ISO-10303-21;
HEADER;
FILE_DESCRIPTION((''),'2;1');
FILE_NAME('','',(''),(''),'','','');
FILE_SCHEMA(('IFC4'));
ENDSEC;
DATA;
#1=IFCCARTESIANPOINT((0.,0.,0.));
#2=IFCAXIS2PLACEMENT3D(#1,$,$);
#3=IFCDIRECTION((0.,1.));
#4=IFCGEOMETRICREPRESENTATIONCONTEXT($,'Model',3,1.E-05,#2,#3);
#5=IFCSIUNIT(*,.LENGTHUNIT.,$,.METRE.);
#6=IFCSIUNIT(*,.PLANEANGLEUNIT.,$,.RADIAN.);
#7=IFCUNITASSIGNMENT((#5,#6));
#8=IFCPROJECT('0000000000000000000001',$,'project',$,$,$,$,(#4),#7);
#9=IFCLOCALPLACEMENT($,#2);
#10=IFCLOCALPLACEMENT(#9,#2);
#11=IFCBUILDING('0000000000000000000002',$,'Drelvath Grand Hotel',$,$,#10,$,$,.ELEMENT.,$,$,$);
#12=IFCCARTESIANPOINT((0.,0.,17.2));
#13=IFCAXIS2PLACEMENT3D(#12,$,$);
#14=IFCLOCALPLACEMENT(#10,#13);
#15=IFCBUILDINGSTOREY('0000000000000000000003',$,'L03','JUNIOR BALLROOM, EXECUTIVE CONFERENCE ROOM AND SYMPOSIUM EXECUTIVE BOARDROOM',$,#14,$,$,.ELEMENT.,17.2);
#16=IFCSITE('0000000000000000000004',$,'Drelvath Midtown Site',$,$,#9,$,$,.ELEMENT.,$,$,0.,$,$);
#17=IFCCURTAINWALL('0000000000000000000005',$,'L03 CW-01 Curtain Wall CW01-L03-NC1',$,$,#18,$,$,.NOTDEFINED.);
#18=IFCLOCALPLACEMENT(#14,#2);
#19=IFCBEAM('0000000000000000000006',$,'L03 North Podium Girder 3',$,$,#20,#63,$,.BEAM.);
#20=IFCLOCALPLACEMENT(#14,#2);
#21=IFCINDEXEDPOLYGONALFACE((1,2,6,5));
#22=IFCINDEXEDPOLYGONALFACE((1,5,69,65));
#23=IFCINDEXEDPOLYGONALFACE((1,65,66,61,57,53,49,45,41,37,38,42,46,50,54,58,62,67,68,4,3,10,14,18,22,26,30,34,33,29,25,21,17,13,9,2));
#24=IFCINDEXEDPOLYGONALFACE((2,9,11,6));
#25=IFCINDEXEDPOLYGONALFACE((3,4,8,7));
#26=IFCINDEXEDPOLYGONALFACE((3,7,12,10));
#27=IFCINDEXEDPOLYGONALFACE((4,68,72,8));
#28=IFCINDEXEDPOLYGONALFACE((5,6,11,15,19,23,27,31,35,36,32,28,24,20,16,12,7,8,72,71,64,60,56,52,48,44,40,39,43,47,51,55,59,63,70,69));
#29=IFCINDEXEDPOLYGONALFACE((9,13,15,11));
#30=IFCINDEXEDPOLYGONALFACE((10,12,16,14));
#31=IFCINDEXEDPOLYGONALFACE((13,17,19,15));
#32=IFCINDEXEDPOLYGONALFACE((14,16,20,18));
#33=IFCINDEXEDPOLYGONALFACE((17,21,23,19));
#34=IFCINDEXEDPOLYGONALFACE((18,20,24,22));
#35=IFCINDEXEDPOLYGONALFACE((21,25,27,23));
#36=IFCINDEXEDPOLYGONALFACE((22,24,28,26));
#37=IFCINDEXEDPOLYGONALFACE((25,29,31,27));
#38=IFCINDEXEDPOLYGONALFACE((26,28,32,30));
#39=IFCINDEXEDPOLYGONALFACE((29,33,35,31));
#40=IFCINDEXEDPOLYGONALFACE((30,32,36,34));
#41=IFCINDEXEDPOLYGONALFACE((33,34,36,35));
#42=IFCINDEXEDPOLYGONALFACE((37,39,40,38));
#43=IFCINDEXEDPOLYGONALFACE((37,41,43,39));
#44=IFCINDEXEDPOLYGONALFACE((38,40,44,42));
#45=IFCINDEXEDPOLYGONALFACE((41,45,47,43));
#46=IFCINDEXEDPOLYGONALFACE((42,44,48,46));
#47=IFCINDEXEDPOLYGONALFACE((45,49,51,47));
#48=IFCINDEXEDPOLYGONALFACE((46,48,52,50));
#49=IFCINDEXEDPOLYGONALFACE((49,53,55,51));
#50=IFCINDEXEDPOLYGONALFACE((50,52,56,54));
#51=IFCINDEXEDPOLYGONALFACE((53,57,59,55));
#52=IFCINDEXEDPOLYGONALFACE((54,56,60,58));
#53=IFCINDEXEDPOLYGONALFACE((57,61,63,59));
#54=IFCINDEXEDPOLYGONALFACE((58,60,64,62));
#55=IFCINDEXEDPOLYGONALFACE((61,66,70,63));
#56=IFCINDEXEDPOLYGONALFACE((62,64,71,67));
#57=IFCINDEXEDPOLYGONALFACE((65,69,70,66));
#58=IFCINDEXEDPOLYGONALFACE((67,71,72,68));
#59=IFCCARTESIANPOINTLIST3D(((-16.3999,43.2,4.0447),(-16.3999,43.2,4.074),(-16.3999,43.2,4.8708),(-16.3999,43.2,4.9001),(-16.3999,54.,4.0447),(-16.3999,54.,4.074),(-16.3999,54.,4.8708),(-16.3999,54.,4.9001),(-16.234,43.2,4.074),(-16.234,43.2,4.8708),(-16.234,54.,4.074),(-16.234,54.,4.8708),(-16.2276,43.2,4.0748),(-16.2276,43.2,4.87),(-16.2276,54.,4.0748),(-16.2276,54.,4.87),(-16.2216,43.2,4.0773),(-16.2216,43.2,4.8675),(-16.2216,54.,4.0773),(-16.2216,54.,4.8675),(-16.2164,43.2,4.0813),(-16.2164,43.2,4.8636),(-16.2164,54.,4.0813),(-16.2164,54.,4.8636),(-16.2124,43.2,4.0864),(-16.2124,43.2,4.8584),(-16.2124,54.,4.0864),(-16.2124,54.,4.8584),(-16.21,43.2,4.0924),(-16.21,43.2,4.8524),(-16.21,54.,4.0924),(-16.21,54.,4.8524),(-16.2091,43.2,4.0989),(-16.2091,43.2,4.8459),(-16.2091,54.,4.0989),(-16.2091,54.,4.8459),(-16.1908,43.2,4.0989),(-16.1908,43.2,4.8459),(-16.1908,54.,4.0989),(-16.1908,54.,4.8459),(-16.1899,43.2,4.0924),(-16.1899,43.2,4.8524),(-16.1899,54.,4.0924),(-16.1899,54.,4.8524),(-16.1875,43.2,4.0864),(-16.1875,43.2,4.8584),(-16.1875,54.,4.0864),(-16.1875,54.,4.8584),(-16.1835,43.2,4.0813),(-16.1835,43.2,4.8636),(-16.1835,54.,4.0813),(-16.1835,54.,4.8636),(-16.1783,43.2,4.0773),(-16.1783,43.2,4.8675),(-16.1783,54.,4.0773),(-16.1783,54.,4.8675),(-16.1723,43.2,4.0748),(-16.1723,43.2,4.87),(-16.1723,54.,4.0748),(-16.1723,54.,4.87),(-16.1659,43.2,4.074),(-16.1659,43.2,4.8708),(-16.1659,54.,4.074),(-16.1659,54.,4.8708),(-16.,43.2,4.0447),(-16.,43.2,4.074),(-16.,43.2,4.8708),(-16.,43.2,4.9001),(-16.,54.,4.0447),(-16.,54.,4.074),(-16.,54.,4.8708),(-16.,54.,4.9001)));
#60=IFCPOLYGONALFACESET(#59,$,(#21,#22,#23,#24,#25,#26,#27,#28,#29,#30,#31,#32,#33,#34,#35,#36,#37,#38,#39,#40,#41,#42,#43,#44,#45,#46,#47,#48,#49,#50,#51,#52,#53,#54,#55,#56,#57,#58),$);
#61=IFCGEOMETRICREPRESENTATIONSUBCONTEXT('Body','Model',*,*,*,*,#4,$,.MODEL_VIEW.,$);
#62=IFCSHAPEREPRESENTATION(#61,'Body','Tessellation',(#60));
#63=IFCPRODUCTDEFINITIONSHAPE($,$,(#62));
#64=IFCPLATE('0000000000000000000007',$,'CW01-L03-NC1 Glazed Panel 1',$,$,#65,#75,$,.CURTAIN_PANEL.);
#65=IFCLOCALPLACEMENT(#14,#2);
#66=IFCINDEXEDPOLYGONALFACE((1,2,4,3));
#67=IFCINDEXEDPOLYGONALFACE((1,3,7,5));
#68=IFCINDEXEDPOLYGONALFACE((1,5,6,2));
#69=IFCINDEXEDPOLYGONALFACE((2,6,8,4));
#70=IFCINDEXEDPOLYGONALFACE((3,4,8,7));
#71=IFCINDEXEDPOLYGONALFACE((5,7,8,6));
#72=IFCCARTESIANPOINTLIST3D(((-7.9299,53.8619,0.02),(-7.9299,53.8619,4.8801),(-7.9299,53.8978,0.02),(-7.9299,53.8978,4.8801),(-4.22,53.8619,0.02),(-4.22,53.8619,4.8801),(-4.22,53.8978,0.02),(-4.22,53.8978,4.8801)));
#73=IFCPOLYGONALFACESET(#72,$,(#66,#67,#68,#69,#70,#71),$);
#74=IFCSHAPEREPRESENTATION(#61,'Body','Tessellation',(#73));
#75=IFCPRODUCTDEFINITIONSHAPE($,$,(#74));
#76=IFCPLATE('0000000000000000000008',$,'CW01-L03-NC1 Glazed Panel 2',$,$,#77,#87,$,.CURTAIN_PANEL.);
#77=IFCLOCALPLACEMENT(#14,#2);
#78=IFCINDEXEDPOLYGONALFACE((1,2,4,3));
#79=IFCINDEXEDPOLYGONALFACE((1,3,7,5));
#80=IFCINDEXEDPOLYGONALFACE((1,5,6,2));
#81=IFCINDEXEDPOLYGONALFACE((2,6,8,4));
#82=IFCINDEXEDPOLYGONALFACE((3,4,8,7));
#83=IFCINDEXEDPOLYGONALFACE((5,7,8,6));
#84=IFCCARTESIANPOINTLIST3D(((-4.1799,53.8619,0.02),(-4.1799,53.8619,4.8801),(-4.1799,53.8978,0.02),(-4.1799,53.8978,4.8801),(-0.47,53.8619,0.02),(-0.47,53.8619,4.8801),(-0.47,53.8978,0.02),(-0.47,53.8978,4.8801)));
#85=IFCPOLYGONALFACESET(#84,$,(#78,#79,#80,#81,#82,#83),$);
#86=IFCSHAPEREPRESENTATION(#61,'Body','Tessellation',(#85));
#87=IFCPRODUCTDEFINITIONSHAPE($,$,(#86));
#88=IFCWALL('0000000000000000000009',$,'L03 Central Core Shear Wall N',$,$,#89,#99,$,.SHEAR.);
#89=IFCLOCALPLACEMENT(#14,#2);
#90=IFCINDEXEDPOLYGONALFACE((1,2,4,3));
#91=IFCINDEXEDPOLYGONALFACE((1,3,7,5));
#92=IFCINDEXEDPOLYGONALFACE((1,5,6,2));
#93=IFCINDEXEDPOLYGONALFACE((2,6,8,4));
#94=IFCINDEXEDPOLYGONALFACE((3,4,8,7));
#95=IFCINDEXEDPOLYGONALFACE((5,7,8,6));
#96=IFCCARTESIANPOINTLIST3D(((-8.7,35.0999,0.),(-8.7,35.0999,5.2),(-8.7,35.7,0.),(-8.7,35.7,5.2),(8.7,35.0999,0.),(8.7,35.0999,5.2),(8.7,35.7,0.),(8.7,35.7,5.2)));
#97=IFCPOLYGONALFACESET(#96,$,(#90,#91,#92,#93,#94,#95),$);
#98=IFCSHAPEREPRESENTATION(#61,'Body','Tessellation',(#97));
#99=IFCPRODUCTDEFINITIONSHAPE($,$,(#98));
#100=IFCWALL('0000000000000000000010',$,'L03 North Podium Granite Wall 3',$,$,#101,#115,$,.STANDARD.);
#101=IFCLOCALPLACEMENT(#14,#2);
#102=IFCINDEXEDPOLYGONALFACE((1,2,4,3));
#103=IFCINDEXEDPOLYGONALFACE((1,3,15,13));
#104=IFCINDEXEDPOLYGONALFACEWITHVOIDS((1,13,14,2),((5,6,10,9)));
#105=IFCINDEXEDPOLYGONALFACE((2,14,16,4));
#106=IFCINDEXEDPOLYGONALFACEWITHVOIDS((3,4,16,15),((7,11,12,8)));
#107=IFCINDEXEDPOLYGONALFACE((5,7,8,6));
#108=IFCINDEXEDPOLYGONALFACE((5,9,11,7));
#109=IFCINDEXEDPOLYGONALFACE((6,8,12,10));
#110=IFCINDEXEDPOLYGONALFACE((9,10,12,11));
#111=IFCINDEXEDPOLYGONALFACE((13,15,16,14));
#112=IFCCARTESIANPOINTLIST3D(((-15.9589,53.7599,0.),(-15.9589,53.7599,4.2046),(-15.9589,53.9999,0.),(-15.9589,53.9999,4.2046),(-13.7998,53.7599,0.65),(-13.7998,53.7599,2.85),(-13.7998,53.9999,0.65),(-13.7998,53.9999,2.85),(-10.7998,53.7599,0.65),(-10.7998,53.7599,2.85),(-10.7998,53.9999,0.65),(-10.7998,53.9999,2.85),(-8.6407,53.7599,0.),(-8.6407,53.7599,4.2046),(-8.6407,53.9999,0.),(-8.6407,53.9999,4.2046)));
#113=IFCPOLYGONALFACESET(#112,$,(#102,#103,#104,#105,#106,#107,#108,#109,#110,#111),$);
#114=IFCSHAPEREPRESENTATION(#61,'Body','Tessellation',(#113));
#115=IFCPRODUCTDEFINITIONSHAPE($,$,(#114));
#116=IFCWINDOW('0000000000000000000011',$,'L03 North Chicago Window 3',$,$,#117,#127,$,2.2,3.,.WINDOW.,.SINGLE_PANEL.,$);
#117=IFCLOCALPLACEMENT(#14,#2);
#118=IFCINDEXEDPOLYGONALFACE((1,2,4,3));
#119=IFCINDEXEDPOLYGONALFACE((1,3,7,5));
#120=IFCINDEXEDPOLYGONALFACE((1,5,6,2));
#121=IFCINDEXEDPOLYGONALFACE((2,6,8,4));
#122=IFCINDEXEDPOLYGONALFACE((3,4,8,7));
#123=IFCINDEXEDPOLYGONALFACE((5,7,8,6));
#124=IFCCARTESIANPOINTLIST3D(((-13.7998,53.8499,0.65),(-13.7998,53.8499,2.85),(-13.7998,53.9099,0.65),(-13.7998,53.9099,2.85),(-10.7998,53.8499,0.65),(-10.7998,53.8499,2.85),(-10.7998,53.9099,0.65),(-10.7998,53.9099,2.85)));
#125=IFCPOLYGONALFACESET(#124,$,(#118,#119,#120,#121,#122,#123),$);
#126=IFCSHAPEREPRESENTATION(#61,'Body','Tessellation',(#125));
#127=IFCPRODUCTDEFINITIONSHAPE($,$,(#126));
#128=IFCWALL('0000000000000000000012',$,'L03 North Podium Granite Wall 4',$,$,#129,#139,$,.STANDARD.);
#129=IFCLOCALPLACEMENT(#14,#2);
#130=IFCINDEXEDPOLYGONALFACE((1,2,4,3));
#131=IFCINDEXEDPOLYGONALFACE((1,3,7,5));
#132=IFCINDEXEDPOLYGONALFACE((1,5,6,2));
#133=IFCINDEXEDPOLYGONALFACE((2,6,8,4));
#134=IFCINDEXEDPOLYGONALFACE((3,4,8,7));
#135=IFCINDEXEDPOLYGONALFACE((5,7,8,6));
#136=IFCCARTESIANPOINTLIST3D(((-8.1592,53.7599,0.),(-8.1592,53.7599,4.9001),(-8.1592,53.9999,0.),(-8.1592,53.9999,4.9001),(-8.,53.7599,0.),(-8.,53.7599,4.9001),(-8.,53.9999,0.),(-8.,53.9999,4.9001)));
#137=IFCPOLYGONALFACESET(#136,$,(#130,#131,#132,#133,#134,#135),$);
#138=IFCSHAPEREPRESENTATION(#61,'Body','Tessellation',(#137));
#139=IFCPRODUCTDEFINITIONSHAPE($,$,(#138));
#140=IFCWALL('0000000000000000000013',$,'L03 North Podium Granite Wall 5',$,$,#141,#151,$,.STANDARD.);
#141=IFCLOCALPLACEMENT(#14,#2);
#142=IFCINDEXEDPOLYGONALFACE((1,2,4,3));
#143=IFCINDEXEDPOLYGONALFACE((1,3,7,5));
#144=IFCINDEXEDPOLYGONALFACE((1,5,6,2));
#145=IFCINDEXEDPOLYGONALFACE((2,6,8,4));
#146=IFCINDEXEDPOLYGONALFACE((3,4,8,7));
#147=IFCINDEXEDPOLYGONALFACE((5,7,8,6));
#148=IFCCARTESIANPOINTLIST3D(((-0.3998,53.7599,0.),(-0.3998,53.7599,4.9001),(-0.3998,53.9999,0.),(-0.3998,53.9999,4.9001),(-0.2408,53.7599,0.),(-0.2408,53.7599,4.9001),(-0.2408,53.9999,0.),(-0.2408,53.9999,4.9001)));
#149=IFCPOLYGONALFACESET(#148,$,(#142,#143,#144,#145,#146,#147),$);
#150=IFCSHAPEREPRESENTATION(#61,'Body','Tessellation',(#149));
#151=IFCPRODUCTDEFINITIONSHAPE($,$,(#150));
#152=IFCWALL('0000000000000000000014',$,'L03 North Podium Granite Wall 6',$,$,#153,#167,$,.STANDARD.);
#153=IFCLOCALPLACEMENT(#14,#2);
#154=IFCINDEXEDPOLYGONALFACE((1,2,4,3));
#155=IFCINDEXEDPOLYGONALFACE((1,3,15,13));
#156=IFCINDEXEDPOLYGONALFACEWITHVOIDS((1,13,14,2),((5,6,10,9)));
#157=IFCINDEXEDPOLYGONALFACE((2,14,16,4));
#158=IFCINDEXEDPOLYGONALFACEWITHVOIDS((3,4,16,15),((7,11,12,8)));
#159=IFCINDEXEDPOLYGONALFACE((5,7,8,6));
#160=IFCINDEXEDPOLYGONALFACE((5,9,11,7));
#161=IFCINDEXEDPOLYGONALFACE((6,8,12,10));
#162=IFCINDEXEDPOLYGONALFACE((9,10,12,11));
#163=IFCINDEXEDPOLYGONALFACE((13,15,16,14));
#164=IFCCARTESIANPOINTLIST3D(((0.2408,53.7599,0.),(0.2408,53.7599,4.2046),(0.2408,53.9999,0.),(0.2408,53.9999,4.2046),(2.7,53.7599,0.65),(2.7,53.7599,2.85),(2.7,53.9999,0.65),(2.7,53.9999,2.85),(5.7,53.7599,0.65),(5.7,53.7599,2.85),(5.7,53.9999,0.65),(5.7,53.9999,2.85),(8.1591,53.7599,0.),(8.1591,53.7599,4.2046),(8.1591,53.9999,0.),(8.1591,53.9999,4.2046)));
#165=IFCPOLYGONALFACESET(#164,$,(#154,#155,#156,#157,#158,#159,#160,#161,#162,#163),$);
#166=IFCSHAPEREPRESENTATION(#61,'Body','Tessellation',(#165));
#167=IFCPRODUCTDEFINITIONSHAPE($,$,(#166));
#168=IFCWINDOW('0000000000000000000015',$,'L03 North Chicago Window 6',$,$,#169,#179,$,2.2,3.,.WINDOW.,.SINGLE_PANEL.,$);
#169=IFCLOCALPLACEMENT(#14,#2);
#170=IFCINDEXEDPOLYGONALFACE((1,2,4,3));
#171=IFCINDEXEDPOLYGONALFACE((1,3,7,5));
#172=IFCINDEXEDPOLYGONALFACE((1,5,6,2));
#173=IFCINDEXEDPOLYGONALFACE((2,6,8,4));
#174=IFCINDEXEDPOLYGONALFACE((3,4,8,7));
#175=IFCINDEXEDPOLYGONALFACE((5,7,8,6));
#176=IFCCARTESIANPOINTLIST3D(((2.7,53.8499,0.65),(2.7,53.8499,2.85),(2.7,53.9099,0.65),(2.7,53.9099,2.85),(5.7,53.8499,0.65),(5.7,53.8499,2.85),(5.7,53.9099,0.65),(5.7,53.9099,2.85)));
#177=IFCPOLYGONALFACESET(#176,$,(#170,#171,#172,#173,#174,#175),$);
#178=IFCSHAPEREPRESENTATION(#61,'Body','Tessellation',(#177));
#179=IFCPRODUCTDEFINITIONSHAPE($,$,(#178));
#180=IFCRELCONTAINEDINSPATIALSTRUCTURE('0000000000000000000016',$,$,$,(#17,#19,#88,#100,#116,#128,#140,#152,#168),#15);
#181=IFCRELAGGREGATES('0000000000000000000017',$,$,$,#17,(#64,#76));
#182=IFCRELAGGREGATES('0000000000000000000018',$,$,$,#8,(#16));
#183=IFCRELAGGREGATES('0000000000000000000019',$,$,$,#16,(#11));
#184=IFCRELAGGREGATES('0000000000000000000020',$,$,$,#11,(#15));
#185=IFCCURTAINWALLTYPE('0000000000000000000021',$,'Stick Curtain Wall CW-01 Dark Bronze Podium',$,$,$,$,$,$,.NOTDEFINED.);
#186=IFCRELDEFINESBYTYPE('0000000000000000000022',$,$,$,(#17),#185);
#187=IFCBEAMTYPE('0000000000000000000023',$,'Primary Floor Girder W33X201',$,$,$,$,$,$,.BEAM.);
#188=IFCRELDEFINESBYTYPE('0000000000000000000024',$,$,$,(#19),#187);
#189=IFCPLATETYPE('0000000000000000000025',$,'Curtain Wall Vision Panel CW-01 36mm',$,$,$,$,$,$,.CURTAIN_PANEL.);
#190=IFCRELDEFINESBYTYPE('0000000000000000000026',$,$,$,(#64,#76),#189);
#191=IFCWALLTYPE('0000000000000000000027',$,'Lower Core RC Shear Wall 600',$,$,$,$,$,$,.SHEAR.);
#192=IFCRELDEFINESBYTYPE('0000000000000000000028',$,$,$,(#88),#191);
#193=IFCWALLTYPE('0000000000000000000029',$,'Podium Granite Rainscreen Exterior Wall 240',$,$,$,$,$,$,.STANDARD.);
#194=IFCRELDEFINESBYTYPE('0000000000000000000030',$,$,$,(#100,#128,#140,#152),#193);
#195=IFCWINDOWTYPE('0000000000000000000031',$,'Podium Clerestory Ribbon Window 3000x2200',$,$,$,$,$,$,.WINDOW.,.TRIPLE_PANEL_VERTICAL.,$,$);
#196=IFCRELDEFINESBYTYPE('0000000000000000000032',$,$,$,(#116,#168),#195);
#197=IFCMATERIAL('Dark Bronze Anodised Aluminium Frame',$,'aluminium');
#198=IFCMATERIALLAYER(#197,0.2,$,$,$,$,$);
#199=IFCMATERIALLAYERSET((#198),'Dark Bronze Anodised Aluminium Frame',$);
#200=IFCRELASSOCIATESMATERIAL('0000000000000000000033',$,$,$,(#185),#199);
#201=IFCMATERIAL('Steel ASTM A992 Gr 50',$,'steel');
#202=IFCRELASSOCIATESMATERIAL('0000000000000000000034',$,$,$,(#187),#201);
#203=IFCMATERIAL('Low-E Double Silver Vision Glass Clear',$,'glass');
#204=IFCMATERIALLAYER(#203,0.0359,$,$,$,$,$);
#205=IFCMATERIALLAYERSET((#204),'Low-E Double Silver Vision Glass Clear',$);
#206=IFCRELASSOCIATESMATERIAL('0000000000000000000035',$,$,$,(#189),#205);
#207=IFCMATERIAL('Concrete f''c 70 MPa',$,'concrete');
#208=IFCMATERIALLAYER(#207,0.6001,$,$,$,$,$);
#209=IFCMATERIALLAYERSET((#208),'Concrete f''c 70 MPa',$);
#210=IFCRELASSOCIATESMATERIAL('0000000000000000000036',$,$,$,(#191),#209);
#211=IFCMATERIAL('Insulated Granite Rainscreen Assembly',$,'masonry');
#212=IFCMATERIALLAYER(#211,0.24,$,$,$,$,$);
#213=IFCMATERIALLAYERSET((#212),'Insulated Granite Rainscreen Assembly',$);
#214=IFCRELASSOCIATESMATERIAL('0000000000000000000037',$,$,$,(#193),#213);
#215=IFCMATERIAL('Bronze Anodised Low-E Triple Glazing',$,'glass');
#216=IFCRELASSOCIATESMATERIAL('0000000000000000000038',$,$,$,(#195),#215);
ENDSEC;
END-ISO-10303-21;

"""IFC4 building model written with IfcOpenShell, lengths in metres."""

from ifc_helpers import new_model, si_unit, direction, frame, frame_2d, origin, origin_2d, place, context, subcontext, project, spatial, rectangle, i_section, extrude, material, layer, layer_set, material_profile, profile_set, type_object, element, fill, aggregate, save


model = new_model("IFC4")

# Units and contexts
model_context = context("Model", 3, precision=1e-05, world=origin(), true_north=direction((0.0, 1.0)))
body_context = subcontext(model_context, "Body", "Model", "MODEL_VIEW")
ifc_project = project(units=[si_unit("LENGTHUNIT", "METRE"), si_unit("PLANEANGLEUNIT", "RADIAN")], contexts=[model_context])

# Site, building, storey
site_placement = place(None, origin())
site = spatial("IfcSite", under=ifc_project, at=site_placement, Name="Drelvath Midtown Site", CompositionType="ELEMENT", RefElevation=0.0)
building_placement = place(site_placement, origin())
building = spatial("IfcBuilding", under=site, at=building_placement, Name="Drelvath Grand Hotel", CompositionType="ELEMENT")
storey_placement = place(building_placement, frame((0.0, 0.0, 17.2)))
storey = spatial("IfcBuildingStorey", under=building, at=storey_placement, Name="L03", Description="JUNIOR BALLROOM, EXECUTIVE CONFERENCE ROOM AND SYMPOSIUM EXECUTIVE BOARDROOM", CompositionType="ELEMENT", Elevation=17.2)

# Curtain wall
ifc_material_1 = material(Name="Dark Bronze Anodised Aluminium Frame", Category="aluminium")
ifc_layer_1 = layer(ifc_material_1, 0.2)
ifc_layer_set_1 = layer_set([ifc_layer_1], Name="Dark Bronze Anodised Aluminium Frame")
curtain_wall_type = type_object("IfcCurtainWallType", Name="Stick Curtain Wall CW-01 Dark Bronze Podium", PredefinedType="NOTDEFINED", material=ifc_layer_set_1)
curtain_wall_placement = place(storey_placement, origin())
curtain_wall = element("IfcCurtainWall", 1, at=curtain_wall_placement, inside=storey, type_object=curtain_wall_type, Name="L03 CW-01 Curtain Wall CW01-L03-NC1", PredefinedType="NOTDEFINED")

# Beam
ifc_material_2 = material(Name="Steel ASTM A992 Gr 50", Category="steel")
ifc_material_profile_1 = material_profile(ifc_material_2, i_section(OverallWidth=0.3999, OverallDepth=0.8555, WebThickness=0.0183, FlangeThickness=0.0293, FilletRadius=0.0249, at=origin_2d()), Name="W33X201")
ifc_profile_set_1 = profile_set([ifc_material_profile_1], Name="Steel ASTM A992 Gr 50")
beam_type_1 = type_object("IfcBeamType", Name="Primary Floor Girder W33X201", PredefinedType="BEAM", material=ifc_profile_set_1)
beam_1_placement = place(storey_placement, frame((-16.2, 43.2, 4.4724), z_axis=(0.0, 1.0, 0.0), x_axis=(-1.0, 0.0, 0.0)))
element("IfcBeam", 2, at=beam_1_placement, inside=storey, type_object=beam_type_1, Name="L03 North Podium Girder 3", PredefinedType="BEAM", context=body_context, shape_type="SweptSolid", body=[
    extrude(i_section(OverallWidth=0.3999, OverallDepth=0.8555, WebThickness=0.0183, FlangeThickness=0.0293, FilletRadius=0.0249, at=origin_2d()), origin(), (0.0, 0.0, 1.0), 10.8),
])

# Plates
ifc_material_3 = material(Name="Low-E Double Silver Vision Glass Clear", Category="glass")
ifc_layer_2 = layer(ifc_material_3, 0.0359)
ifc_layer_set_2 = layer_set([ifc_layer_2], Name="Low-E Double Silver Vision Glass Clear")
plate_type = type_object("IfcPlateType", Name="Curtain Wall Vision Panel CW-01 36mm", PredefinedType="CURTAIN_PANEL", material=ifc_layer_set_2)
plate_1_placement = place(storey_placement, frame((-6.075, 53.8799, 0.02), z_axis=(0.0, 0.0, 1.0), x_axis=(1.0, 0.0, 0.0)))
plate_1 = element("IfcPlate", 3, at=plate_1_placement, type_object=plate_type, Name="CW01-L03-NC1 Glazed Panel 1", PredefinedType="CURTAIN_PANEL", context=body_context, shape_type="SweptSolid", body=[
    extrude(rectangle(XDim=3.71, YDim=0.0359, at=origin_2d()), origin(), (0.0, 0.0, 1.0), 4.8601),
])
plate_2_placement = place(storey_placement, frame((-2.325, 53.8799, 0.02), z_axis=(0.0, 0.0, 1.0), x_axis=(1.0, 0.0, 0.0)))
plate_2 = element("IfcPlate", 4, at=plate_2_placement, type_object=plate_type, Name="CW01-L03-NC1 Glazed Panel 2", PredefinedType="CURTAIN_PANEL", context=body_context, shape_type="SweptSolid", body=[
    extrude(rectangle(XDim=3.71, YDim=0.0359, at=origin_2d()), origin(), (0.0, 0.0, 1.0), 4.8601),
])
aggregate(curtain_wall, [plate_1, plate_2])

# Wall
ifc_material_4 = material(Name="Concrete f'c 70 MPa", Category="concrete")
ifc_layer_3 = layer(ifc_material_4, 0.6001)
ifc_layer_set_3 = layer_set([ifc_layer_3], Name="Concrete f'c 70 MPa")
wall_type_1 = type_object("IfcWallType", Name="Lower Core RC Shear Wall 600", PredefinedType="SHEAR", material=ifc_layer_set_3)
wall_1_placement = place(storey_placement, frame((-8.7, 35.3999, 0.0), z_axis=(0.0, 0.0, 1.0), x_axis=(1.0, 0.0, 0.0)))
element("IfcWall", 5, at=wall_1_placement, inside=storey, type_object=wall_type_1, Name="L03 Central Core Shear Wall N", PredefinedType="SHEAR", context=body_context, shape_type="SweptSolid", body=[
    extrude(rectangle(XDim=17.3999, YDim=0.6001, at=frame_2d((8.7, 0.0))), origin(), (0.0, 0.0, 1.0), 5.2),
])

# Wall, opening, window
ifc_material_5 = material(Name="Insulated Granite Rainscreen Assembly", Category="masonry")
ifc_layer_4 = layer(ifc_material_5, 0.24)
ifc_layer_set_4 = layer_set([ifc_layer_4], Name="Insulated Granite Rainscreen Assembly")
wall_type_2 = type_object("IfcWallType", Name="Podium Granite Rainscreen Exterior Wall 240", PredefinedType="STANDARD", material=ifc_layer_set_4)
wall_2_placement = place(storey_placement, frame((-15.959, 53.8799, 0.0), z_axis=(0.0, 0.0, 1.0), x_axis=(1.0, 0.0, 0.0)))
wall_2 = element("IfcWall", 6, at=wall_2_placement, inside=storey, type_object=wall_type_2, Name="L03 North Podium Granite Wall 3", PredefinedType="STANDARD", context=body_context, shape_type="SweptSolid", body=[
    extrude(rectangle(XDim=7.3181, YDim=0.24, at=frame_2d((3.6592, 0.0))), origin(), (0.0, 0.0, 1.0), 4.2046),
])
opening_1_placement = place(wall_2_placement, frame((2.1592, 0.0, 0.6499)))
opening_1 = element("IfcOpeningElement", 7, at=opening_1_placement, cuts=wall_2, PredefinedType="OPENING", context=body_context, shape_type="SweptSolid", body=[
    extrude(rectangle(XDim=3.0, YDim=2.2, at=frame_2d((1.5, 1.1001))), frame((0.0, 0.1299, 0.0), z_axis=(0.0, -1.0, 0.0), x_axis=(1.0, 0.0, 0.0)), (0.0, 0.0, 1.0), 0.26),
])
ifc_material_6 = material(Name="Bronze Anodised Low-E Triple Glazing", Category="glass")
window_type = type_object("IfcWindowType", Name="Podium Clerestory Ribbon Window 3000x2200", PartitioningType="TRIPLE_PANEL_VERTICAL", PredefinedType="WINDOW", material=ifc_material_6)
window_1_placement = place(opening_1_placement, origin())
window_1 = element("IfcWindow", 8, at=window_1_placement, inside=storey, type_object=window_type, Name="L03 North Chicago Window 3", OverallHeight=2.2, OverallWidth=3.0, PartitioningType="SINGLE_PANEL", PredefinedType="WINDOW", context=body_context, shape_type="SweptSolid", body=[
    extrude(rectangle(XDim=3.0, YDim=2.2, at=frame_2d((1.5, 1.1001))), frame((0.0, 0.03, 0.0), z_axis=(0.0, -1.0, 0.0), x_axis=(1.0, 0.0, 0.0)), (0.0, 0.0, 1.0), 0.0601),
])
fill(opening_1, window_1)

# Walls
wall_3_placement = place(storey_placement, frame((-8.1592, 53.8799, 0.0), z_axis=(0.0, 0.0, 1.0), x_axis=(1.0, 0.0, 0.0)))
element("IfcWall", 9, at=wall_3_placement, inside=storey, type_object=wall_type_2, Name="L03 North Podium Granite Wall 4", PredefinedType="STANDARD", context=body_context, shape_type="SweptSolid", body=[
    extrude(rectangle(XDim=0.1592, YDim=0.24, at=frame_2d((0.0796, 0.0))), origin(), (0.0, 0.0, 1.0), 4.9001),
])
wall_4_placement = place(storey_placement, frame((-0.3999, 53.8799, 0.0), z_axis=(0.0, 0.0, 1.0), x_axis=(1.0, 0.0, 0.0)))
element("IfcWall", 10, at=wall_4_placement, inside=storey, type_object=wall_type_2, Name="L03 North Podium Granite Wall 5", PredefinedType="STANDARD", context=body_context, shape_type="SweptSolid", body=[
    extrude(rectangle(XDim=0.1589, YDim=0.24, at=frame_2d((0.0796, 0.0))), origin(), (0.0, 0.0, 1.0), 4.9001),
])

# Wall, opening, window
wall_5_placement = place(storey_placement, frame((0.241, 53.8799, 0.0), z_axis=(0.0, 0.0, 1.0), x_axis=(1.0, 0.0, 0.0)))
wall_5 = element("IfcWall", 11, at=wall_5_placement, inside=storey, type_object=wall_type_2, Name="L03 North Podium Granite Wall 6", PredefinedType="STANDARD", context=body_context, shape_type="SweptSolid", body=[
    extrude(rectangle(XDim=7.9182, YDim=0.24, at=frame_2d((3.959, 0.0))), origin(), (0.0, 0.0, 1.0), 4.2046),
])
opening_2_placement = place(wall_5_placement, frame((2.459, 0.0, 0.6499)))
opening_2 = element("IfcOpeningElement", 12, at=opening_2_placement, cuts=wall_5, PredefinedType="OPENING", context=body_context, shape_type="SweptSolid", body=[
    extrude(rectangle(XDim=3.0, YDim=2.2, at=frame_2d((1.5, 1.1001))), frame((0.0, 0.1299, 0.0), z_axis=(0.0, -1.0, 0.0), x_axis=(1.0, 0.0, 0.0)), (0.0, 0.0, 1.0), 0.26),
])
window_2_placement = place(opening_2_placement, origin())
window_2 = element("IfcWindow", 13, at=window_2_placement, inside=storey, type_object=window_type, Name="L03 North Chicago Window 6", OverallHeight=2.2, OverallWidth=3.0, PartitioningType="SINGLE_PANEL", PredefinedType="WINDOW", context=body_context, shape_type="SweptSolid", body=[
    extrude(rectangle(XDim=3.0, YDim=2.2, at=frame_2d((1.5, 1.1001))), frame((0.0, 0.03, 0.0), z_axis=(0.0, -1.0, 0.0), x_axis=(1.0, 0.0, 0.0)), (0.0, 0.0, 1.0), 0.0601),
])
fill(opening_2, window_2)

save(model, "model.ifc")
